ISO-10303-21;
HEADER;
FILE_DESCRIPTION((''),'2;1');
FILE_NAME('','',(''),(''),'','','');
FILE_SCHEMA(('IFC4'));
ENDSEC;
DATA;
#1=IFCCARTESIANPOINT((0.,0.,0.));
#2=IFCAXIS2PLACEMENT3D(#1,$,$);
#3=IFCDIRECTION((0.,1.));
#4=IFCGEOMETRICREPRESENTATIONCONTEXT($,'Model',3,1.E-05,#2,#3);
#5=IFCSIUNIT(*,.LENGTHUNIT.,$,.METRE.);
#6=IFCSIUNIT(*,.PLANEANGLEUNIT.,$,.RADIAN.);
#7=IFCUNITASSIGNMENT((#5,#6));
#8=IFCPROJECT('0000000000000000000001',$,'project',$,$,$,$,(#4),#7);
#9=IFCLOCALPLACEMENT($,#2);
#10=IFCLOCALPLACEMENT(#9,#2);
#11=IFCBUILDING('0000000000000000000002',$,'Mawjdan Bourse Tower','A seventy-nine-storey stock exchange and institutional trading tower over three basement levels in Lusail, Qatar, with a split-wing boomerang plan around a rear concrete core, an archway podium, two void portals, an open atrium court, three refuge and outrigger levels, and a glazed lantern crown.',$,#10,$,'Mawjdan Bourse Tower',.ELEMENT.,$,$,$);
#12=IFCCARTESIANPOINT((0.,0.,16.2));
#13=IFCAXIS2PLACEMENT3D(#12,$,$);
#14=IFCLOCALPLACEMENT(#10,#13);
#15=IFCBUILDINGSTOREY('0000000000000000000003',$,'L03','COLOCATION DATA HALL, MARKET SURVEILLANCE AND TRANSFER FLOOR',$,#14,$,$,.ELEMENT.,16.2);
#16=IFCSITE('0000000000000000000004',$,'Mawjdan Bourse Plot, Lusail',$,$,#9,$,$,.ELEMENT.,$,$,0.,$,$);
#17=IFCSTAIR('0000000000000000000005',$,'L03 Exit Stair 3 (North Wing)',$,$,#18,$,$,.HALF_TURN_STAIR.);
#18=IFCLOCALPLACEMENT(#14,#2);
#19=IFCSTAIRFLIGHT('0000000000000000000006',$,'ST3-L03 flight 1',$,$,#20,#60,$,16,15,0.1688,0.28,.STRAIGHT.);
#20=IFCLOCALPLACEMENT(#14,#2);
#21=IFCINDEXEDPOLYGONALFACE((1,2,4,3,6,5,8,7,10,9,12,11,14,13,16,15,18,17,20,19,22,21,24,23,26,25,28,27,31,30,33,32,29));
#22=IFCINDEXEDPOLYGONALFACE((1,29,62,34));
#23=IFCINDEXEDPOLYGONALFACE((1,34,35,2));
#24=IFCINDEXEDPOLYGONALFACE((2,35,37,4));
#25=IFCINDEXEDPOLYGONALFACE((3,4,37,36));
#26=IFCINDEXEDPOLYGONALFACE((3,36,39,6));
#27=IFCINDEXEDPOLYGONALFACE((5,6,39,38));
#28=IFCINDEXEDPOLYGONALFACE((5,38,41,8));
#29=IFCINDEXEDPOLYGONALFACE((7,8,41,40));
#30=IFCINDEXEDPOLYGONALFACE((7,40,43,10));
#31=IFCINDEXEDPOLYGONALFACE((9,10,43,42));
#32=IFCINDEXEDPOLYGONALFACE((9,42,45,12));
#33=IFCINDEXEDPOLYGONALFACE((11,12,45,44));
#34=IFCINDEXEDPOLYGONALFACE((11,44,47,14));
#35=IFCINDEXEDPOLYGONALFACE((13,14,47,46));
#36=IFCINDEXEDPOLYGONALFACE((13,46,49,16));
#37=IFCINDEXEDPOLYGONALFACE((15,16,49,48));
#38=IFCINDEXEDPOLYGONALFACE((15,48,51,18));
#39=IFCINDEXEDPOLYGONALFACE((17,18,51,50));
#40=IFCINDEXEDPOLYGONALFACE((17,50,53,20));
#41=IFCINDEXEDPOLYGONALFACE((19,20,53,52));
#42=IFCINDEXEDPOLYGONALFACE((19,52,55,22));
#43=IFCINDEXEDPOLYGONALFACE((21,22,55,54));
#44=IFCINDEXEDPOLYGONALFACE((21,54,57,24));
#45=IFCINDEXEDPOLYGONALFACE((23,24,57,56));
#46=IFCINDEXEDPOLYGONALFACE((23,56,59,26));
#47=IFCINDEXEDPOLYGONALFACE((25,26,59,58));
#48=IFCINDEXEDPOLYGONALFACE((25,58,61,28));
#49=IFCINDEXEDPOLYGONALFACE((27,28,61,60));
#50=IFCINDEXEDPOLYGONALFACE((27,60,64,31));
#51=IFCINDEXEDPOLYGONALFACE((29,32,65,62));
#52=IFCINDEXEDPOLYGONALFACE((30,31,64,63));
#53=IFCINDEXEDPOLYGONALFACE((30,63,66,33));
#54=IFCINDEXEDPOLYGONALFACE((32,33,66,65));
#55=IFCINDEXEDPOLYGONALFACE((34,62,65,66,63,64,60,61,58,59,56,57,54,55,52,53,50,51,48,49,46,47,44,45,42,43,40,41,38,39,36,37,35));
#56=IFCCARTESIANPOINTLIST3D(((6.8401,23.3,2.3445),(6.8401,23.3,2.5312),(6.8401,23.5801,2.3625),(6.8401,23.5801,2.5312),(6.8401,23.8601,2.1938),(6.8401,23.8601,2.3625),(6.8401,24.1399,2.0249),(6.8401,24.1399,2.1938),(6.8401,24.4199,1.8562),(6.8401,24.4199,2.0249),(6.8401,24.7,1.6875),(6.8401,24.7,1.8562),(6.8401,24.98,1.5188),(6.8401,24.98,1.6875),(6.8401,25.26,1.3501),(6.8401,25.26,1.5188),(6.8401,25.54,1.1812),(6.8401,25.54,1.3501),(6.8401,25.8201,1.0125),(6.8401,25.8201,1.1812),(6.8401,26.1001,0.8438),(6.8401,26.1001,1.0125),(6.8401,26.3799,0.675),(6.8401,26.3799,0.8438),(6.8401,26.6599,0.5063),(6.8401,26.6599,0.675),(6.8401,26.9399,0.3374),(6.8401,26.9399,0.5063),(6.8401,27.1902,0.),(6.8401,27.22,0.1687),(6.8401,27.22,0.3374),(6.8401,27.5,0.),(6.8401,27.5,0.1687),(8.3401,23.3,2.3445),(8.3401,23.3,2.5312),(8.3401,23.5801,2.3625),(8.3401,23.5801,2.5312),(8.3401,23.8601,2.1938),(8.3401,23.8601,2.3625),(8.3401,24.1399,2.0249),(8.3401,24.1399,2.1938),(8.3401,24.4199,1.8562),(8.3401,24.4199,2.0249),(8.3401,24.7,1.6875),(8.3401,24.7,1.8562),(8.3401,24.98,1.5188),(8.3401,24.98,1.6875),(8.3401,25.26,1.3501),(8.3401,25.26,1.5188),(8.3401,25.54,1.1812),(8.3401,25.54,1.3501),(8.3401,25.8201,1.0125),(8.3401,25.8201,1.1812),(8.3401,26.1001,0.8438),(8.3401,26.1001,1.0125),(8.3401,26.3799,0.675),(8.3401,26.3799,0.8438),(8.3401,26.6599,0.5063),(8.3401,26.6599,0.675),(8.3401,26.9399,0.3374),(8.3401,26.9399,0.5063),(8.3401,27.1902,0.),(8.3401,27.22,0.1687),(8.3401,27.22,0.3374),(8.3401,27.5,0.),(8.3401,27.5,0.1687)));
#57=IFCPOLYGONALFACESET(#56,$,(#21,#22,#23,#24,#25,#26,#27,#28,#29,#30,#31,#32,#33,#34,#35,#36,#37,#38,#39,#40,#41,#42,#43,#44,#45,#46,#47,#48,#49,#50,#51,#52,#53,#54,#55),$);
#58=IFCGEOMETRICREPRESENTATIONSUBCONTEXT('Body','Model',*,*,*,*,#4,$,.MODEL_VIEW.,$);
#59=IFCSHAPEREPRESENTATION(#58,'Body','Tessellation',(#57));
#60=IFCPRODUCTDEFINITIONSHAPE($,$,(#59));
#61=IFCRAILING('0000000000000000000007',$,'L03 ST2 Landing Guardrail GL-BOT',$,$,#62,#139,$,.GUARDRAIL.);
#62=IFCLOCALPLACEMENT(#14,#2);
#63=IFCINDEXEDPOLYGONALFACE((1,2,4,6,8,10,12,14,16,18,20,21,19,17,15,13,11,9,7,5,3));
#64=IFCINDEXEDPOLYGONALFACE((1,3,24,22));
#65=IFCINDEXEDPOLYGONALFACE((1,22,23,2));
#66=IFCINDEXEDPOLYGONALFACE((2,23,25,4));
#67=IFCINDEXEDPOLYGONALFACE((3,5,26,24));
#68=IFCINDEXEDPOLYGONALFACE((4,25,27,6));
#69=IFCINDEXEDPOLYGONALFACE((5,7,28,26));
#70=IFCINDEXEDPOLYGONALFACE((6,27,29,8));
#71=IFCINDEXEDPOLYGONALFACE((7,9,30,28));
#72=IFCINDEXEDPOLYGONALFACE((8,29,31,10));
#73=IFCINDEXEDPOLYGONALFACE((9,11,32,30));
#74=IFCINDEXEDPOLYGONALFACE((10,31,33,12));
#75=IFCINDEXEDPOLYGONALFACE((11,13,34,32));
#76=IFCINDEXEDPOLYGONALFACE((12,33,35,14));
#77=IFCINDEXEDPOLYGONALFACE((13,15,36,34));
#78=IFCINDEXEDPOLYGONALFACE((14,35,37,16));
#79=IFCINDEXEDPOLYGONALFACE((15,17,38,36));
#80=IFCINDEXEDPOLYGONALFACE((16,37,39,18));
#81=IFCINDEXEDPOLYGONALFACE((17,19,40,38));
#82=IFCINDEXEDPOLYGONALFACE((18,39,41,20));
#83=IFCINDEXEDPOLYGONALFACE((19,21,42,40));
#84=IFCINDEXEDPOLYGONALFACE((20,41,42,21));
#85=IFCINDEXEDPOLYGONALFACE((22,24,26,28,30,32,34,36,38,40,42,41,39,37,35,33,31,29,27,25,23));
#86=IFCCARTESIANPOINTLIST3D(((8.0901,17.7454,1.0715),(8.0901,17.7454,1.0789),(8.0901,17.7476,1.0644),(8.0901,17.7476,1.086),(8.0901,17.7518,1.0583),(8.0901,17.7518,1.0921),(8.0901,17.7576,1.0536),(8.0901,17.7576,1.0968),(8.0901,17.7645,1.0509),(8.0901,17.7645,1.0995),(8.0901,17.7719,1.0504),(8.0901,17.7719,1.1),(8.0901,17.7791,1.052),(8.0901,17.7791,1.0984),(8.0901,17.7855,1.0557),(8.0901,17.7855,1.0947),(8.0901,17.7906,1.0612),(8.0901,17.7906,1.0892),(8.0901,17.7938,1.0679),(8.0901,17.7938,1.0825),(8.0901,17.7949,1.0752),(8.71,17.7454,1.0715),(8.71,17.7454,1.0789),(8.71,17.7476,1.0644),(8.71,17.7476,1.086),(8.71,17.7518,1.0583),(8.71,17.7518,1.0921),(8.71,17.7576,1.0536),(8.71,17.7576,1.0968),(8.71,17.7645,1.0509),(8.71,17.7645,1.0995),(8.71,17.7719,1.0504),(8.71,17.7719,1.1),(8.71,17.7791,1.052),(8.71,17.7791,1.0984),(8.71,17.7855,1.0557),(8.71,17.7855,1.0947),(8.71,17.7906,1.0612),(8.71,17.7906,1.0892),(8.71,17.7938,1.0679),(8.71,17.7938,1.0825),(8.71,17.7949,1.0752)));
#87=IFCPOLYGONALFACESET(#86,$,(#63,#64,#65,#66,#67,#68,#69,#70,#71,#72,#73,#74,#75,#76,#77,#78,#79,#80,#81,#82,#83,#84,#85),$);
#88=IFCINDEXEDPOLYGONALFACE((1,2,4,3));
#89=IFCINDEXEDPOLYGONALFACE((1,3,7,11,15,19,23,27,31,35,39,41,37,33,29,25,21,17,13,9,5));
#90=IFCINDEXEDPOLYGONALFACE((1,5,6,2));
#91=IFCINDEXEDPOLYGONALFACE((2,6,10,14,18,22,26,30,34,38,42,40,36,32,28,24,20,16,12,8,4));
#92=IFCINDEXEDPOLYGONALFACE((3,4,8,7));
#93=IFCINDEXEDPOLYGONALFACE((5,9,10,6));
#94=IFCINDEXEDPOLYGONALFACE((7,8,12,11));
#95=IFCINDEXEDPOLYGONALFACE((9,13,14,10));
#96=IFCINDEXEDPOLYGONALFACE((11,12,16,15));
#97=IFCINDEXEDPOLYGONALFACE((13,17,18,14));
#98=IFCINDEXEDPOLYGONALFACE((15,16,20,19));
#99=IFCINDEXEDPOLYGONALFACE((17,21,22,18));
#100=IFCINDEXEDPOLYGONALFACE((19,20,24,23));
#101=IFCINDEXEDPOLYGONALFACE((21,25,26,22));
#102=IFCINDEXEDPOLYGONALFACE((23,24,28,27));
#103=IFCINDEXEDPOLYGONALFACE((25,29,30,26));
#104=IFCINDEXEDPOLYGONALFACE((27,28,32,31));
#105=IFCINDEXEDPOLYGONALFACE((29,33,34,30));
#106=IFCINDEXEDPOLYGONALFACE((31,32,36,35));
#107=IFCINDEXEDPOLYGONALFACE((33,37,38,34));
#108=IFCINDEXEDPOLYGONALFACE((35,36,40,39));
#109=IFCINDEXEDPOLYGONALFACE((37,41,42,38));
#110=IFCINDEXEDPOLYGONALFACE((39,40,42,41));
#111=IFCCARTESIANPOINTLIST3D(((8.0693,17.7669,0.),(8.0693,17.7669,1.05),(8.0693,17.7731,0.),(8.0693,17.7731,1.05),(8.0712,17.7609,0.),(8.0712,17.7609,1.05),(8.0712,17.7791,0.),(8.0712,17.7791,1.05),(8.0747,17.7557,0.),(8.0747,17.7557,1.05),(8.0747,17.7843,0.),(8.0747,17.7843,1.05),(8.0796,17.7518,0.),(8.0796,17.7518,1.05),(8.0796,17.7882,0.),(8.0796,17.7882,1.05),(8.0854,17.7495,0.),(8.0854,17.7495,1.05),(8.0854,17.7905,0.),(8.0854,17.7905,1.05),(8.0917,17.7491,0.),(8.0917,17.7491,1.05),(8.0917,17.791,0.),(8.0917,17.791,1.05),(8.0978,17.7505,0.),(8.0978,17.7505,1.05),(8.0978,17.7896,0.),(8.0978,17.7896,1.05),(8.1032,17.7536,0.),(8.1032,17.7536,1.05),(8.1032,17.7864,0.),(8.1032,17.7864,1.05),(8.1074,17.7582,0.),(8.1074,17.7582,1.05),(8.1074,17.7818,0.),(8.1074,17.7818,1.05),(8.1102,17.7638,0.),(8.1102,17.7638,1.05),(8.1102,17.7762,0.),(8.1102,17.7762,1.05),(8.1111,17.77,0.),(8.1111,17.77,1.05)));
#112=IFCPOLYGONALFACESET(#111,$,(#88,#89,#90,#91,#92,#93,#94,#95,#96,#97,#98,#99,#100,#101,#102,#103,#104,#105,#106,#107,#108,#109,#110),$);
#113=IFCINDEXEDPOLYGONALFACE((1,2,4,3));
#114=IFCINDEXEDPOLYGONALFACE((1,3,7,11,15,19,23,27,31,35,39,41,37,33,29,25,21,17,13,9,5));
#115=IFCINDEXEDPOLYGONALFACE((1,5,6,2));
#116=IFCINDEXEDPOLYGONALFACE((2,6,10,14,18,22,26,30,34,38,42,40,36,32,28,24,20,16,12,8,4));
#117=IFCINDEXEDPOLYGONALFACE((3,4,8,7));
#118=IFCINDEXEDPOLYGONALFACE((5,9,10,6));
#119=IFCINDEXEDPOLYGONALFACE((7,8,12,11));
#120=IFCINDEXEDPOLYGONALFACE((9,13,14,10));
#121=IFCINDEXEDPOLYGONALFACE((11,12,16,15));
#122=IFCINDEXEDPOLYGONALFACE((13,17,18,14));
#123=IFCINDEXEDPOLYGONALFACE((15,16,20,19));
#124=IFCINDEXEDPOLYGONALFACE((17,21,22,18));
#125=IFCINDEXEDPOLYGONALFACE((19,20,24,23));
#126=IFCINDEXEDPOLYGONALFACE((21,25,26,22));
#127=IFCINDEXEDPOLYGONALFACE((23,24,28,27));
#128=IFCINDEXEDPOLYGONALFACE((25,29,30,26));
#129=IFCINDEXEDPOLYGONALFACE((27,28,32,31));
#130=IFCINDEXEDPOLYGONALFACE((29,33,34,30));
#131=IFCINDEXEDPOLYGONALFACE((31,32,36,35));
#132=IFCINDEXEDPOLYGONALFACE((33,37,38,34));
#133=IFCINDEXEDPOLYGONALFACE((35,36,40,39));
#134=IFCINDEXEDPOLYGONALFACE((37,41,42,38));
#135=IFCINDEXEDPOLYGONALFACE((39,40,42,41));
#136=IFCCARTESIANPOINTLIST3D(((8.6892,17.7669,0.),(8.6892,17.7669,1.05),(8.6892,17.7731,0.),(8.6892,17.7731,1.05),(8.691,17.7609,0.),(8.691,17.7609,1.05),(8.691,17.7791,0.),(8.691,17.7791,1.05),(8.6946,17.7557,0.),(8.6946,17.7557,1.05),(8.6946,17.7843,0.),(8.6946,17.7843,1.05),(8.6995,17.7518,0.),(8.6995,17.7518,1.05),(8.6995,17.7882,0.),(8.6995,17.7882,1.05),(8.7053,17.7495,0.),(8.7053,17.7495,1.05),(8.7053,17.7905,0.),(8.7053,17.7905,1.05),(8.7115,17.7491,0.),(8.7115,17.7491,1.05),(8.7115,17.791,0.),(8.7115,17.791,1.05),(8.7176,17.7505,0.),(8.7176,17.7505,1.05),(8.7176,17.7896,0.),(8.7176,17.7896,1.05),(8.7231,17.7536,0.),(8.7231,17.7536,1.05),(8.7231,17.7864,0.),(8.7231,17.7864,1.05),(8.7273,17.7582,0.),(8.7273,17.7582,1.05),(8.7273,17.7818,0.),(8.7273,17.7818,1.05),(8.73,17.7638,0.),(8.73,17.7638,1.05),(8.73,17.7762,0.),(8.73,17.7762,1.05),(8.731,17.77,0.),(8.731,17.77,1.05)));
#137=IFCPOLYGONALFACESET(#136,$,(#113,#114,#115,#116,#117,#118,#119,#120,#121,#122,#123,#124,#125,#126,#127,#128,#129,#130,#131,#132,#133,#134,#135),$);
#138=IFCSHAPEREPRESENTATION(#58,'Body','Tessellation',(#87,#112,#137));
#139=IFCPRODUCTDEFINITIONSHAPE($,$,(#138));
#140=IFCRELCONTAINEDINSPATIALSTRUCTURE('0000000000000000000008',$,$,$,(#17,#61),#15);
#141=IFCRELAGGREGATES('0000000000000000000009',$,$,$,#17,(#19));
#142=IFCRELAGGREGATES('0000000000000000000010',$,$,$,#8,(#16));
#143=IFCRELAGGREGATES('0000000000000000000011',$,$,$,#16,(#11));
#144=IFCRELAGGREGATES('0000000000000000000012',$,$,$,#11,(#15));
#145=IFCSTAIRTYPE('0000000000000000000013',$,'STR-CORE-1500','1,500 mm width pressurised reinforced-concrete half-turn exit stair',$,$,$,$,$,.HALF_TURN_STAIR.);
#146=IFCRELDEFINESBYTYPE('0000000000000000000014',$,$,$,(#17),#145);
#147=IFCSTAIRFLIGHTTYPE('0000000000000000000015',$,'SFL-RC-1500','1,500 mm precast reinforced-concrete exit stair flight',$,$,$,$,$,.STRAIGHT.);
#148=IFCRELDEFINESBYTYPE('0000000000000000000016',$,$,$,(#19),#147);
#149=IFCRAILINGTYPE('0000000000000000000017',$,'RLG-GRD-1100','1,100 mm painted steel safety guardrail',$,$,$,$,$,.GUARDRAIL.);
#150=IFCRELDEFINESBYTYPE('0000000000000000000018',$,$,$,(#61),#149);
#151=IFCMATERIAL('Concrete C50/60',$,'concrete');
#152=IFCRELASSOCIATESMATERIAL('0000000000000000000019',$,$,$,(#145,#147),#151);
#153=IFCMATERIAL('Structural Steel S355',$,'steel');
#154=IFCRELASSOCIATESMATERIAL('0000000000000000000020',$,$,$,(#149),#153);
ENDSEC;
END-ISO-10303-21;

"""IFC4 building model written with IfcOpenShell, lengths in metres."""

from ifc_helpers import new_model, si_unit, direction, frame, origin, origin_2d, place, context, subcontext, project, spatial, polyline, circle, outline, extrude, material, type_object, element, aggregate, save


model = new_model("IFC4")

# Units and contexts
model_context = context("Model", 3, precision=1e-05, world=origin(), true_north=direction((0.0, 1.0)))
body_context = subcontext(model_context, "Body", "Model", "MODEL_VIEW")
ifc_project = project(units=[si_unit("LENGTHUNIT", "METRE"), si_unit("PLANEANGLEUNIT", "RADIAN")], contexts=[model_context])

# Site, building, storey
site_placement = place(None, origin())
site = spatial("IfcSite", under=ifc_project, at=site_placement, Name="Mawjdan Bourse Plot, Lusail", CompositionType="ELEMENT", RefElevation=0.0)
building_placement = place(site_placement, origin())
building = spatial("IfcBuilding", under=site, at=building_placement, Name="Mawjdan Bourse Tower", Description="A seventy-nine-storey stock exchange and institutional trading tower over three basement levels in Lusail, Qatar, with a split-wing boomerang plan around a rear concrete core, an archway podium, two void portals, an open atrium court, three refuge and outrigger levels, and a glazed lantern crown.", LongName="Mawjdan Bourse Tower", CompositionType="ELEMENT")
storey_placement = place(building_placement, frame((0.0, 0.0, 16.2)))
storey = spatial("IfcBuildingStorey", under=building, at=storey_placement, Name="L03", Description="COLOCATION DATA HALL, MARKET SURVEILLANCE AND TRANSFER FLOOR", CompositionType="ELEMENT", Elevation=16.2)

# Shared definitions
ifc_material_1 = material(Name="Structural Steel S355", Category="steel")

# Shared definitions
ifc_material_2 = material(Name="Concrete C50/60", Category="concrete")

# Stair, stair flight
stair_type = type_object("IfcStairType", Name="STR-CORE-1500", Description="1,500 mm width pressurised reinforced-concrete half-turn exit stair", PredefinedType="HALF_TURN_STAIR", material=ifc_material_2)
stair_flight_type = type_object("IfcStairFlightType", Name="SFL-RC-1500", Description="1,500 mm precast reinforced-concrete exit stair flight", PredefinedType="STRAIGHT", material=ifc_material_2)
stair_1_placement = place(storey_placement, origin())
stair_1 = element("IfcStair", 1, at=stair_1_placement, inside=storey, type_object=stair_type, Name="L03 Exit Stair 3 (North Wing)", PredefinedType="HALF_TURN_STAIR")
stair_flight_1_placement = place(storey_placement, frame((7.5901, 27.5, 0.0), z_axis=(0.0, 0.0, 1.0), x_axis=(0.0, -1.0, 0.0)))
stair_flight_1 = element("IfcStairFlight", 2, at=stair_flight_1_placement, type_object=stair_flight_type, Name="ST3-L03 flight 1", NumberOfRisers=16, NumberOfTreads=15, PredefinedType="STRAIGHT", RiserHeight=0.1688, TreadLength=0.28, context=body_context, shape_type="SweptSolid", body=[
    extrude(outline(polyline([(0.0, 0.0), (0.0, 0.1687), (0.28, 0.1687), (0.28, 0.3374), (0.5601, 0.3374), (0.5601, 0.5063), (0.8401, 0.5063), (0.8401, 0.675), (1.1201, 0.675), (1.1201, 0.8438), (1.3999, 0.8438), (1.3999, 1.0125), (1.6799, 1.0125), (1.6799, 1.1812), (1.96, 1.1812), (1.96, 1.3501), (2.24, 1.3501), (2.24, 1.5188), (2.52, 1.5188), (2.52, 1.6875), (2.8, 1.6875), (2.8, 1.8562), (3.0801, 1.8562), (3.0801, 2.0249), (3.3601, 2.0249), (3.3601, 2.1938), (3.6399, 2.1938), (3.6399, 2.3625), (3.9199, 2.3625), (3.9199, 2.5312), (4.2, 2.5312), (4.2, 2.7), (4.2, 2.3445), (0.3098, 0.0), (0.0, 0.0)])), frame((0.0, 0.75, 0.0), z_axis=(0.0, -1.0, 0.0), x_axis=(1.0, 0.0, 0.0)), (0.0, 0.0, 1.0), 1.5),
])
aggregate(stair_1, [stair_flight_1])

# Railing
railing_type = type_object("IfcRailingType", Name="RLG-GRD-1100", Description="1,100 mm painted steel safety guardrail", PredefinedType="GUARDRAIL", material=ifc_material_1)
railing_placement = place(storey_placement, frame((8.0901, 17.77, 0.0)))
element("IfcRailing", 3, at=railing_placement, inside=storey, type_object=railing_type, Name="L03 ST2 Landing Guardrail GL-BOT", PredefinedType="GUARDRAIL", context=body_context, shape_type="SweptSolid", body=[
    extrude(circle(Radius=0.0249, at=origin_2d()), frame((0.0, 0.0, 1.0752), z_axis=(1.0, 0.0, 0.0), x_axis=(0.0, 1.0, 0.0)), (0.0, 0.0, 1.0), 0.6199),
    extrude(circle(Radius=0.021, at=origin_2d()), origin(), (0.0, 0.0, 1.0), 1.05),
    extrude(circle(Radius=0.021, at=origin_2d()), frame((0.6199, 0.0, 0.0)), (0.0, 0.0, 1.0), 1.05),
])

save(model, "model.ifc")
